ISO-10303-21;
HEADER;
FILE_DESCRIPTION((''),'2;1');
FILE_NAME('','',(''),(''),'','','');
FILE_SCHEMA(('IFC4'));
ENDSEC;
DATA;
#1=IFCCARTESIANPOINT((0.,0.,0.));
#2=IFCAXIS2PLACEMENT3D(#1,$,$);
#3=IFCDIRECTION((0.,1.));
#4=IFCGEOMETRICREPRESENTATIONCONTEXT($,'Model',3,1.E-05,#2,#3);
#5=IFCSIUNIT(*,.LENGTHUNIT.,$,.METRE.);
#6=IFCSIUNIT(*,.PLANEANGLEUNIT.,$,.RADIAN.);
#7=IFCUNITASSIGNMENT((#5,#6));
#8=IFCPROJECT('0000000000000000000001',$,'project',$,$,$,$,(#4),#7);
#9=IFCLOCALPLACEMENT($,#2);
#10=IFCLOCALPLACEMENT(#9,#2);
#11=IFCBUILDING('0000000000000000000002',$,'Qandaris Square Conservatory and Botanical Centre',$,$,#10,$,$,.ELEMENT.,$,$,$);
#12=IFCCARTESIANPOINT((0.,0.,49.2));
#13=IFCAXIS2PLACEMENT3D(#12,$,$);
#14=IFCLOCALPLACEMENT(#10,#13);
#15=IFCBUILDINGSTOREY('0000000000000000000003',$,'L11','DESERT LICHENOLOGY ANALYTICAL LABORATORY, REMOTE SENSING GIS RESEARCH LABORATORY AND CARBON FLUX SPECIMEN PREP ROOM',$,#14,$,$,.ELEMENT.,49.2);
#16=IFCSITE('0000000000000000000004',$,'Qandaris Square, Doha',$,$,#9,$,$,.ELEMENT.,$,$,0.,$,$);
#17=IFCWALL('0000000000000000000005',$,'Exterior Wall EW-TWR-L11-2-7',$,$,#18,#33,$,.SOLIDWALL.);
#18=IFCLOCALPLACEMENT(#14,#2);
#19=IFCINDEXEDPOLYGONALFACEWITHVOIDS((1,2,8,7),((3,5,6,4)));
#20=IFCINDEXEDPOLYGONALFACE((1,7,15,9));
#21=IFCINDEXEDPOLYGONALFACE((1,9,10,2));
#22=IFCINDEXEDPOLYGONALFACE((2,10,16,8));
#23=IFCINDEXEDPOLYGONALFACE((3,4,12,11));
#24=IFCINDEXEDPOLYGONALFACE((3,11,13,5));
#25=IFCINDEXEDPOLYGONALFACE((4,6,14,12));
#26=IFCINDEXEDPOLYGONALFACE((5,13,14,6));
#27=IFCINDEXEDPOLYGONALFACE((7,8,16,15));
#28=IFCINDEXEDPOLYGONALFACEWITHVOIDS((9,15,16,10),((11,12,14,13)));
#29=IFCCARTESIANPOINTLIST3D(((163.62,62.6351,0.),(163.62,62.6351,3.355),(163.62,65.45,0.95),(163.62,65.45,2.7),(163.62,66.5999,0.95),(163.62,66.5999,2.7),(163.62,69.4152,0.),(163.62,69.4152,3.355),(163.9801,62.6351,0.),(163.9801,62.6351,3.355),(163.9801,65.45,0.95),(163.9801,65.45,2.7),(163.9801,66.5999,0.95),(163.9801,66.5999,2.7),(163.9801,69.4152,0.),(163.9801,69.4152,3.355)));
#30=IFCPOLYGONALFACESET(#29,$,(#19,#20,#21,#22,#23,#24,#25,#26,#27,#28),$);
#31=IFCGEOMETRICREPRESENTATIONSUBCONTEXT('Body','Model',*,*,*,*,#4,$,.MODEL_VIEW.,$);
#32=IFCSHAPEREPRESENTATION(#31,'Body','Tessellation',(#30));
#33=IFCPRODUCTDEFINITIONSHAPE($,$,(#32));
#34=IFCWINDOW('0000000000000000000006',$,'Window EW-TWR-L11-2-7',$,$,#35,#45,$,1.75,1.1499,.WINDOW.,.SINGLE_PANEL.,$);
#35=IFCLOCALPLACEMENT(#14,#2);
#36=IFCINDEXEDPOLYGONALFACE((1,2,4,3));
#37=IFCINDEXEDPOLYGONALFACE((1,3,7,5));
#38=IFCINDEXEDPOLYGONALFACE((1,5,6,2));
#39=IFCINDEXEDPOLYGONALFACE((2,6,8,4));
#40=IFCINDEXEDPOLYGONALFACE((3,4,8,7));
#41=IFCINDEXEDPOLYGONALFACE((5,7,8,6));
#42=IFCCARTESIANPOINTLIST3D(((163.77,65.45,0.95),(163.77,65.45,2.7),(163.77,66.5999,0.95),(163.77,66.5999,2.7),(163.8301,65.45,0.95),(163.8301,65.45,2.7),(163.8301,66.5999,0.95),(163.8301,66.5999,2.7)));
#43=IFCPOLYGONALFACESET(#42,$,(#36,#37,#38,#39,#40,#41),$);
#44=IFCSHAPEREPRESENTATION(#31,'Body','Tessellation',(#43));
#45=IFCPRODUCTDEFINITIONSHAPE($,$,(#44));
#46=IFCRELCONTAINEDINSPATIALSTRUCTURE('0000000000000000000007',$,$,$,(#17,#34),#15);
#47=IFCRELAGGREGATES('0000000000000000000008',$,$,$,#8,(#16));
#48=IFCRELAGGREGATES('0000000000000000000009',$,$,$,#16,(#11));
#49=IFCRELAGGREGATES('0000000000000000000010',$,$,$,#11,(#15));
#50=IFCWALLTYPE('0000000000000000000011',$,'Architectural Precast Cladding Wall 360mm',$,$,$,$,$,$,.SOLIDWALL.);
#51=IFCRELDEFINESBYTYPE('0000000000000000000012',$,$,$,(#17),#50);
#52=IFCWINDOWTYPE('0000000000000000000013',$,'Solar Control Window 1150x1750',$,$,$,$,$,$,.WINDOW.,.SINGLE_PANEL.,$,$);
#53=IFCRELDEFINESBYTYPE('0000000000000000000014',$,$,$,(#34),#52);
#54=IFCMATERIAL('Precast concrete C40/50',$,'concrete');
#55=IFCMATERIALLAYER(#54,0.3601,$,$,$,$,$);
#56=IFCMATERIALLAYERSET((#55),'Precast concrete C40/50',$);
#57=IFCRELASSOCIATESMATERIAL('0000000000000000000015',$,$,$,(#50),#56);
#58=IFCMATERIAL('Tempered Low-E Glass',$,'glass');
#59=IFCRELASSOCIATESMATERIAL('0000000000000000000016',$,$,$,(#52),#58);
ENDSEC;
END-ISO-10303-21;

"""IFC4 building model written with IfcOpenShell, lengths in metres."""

from ifc_helpers import new_model, si_unit, direction, frame, frame_2d, origin, place, context, subcontext, project, spatial, rectangle, extrude, material, layer, layer_set, type_object, element, fill, save


model = new_model("IFC4")

# Units and contexts
model_context = context("Model", 3, precision=1e-05, world=origin(), true_north=direction((0.0, 1.0)))
body_context = subcontext(model_context, "Body", "Model", "MODEL_VIEW")
ifc_project = project(units=[si_unit("LENGTHUNIT", "METRE"), si_unit("PLANEANGLEUNIT", "RADIAN")], contexts=[model_context])

# Site, building, storey
site_placement = place(None, origin())
site = spatial("IfcSite", under=ifc_project, at=site_placement, Name="Qandaris Square, Doha", CompositionType="ELEMENT", RefElevation=0.0)
building_placement = place(site_placement, origin())
building = spatial("IfcBuilding", under=site, at=building_placement, Name="Qandaris Square Conservatory and Botanical Centre", CompositionType="ELEMENT")
storey_placement = place(building_placement, frame((0.0, 0.0, 49.2)))
storey = spatial("IfcBuildingStorey", under=building, at=storey_placement, Name="L11", Description="DESERT LICHENOLOGY ANALYTICAL LABORATORY, REMOTE SENSING GIS RESEARCH LABORATORY AND CARBON FLUX SPECIMEN PREP ROOM", CompositionType="ELEMENT", Elevation=49.2)

# Shared definitions
ifc_material_1 = material(Name="Tempered Low-E Glass", Category="glass")

# Wall, opening, window
ifc_material_2 = material(Name="Precast concrete C40/50", Category="concrete")
ifc_layer_1 = layer(ifc_material_2, 0.3601)
ifc_layer_set_1 = layer_set([ifc_layer_1], Name="Precast concrete C40/50")
wall_type = type_object("IfcWallType", Name="Architectural Precast Cladding Wall 360mm", PredefinedType="SOLIDWALL", material=ifc_layer_set_1)
wall_placement = place(storey_placement, frame((163.8, 62.635, 0.0), z_axis=(0.0, 0.0, 1.0), x_axis=(0.0, 1.0, 0.0)))
wall = element("IfcWall", 1, at=wall_placement, inside=storey, type_object=wall_type, Name="Exterior Wall EW-TWR-L11-2-7", PredefinedType="SOLIDWALL", context=body_context, shape_type="SweptSolid", body=[
    extrude(rectangle(XDim=6.78, YDim=0.3601, at=frame_2d((3.3901, 0.0))), origin(), (0.0, 0.0, 1.0), 3.355),
])
opening_placement = place(wall_placement, frame((2.8149, 0.0, 0.95)))
opening = element("IfcOpeningElement", 2, at=opening_placement, cuts=wall, PredefinedType="OPENING", context=body_context, shape_type="SweptSolid", body=[
    extrude(rectangle(XDim=1.1499, YDim=1.75, at=frame_2d((0.575, 0.875))), frame((0.0, 0.1919, 0.0), z_axis=(0.0, -1.0, 0.0), x_axis=(1.0, 0.0, 0.0)), (0.0, 0.0, 1.0), 0.384),
])
window_type = type_object("IfcWindowType", Name="Solar Control Window 1150x1750", PartitioningType="SINGLE_PANEL", PredefinedType="WINDOW", material=ifc_material_1)
window_placement = place(opening_placement, origin())
window = element("IfcWindow", 3, at=window_placement, inside=storey, type_object=window_type, Name="Window EW-TWR-L11-2-7", OverallHeight=1.75, OverallWidth=1.1499, PartitioningType="SINGLE_PANEL", PredefinedType="WINDOW", context=body_context, shape_type="SweptSolid", body=[
    extrude(rectangle(XDim=1.1499, YDim=1.75, at=frame_2d((0.575, 0.875))), frame((0.0, 0.03, 0.0), z_axis=(0.0, -1.0, 0.0), x_axis=(1.0, 0.0, 0.0)), (0.0, 0.0, 1.0), 0.0601),
])
fill(opening, window)

save(model, "model.ifc")
